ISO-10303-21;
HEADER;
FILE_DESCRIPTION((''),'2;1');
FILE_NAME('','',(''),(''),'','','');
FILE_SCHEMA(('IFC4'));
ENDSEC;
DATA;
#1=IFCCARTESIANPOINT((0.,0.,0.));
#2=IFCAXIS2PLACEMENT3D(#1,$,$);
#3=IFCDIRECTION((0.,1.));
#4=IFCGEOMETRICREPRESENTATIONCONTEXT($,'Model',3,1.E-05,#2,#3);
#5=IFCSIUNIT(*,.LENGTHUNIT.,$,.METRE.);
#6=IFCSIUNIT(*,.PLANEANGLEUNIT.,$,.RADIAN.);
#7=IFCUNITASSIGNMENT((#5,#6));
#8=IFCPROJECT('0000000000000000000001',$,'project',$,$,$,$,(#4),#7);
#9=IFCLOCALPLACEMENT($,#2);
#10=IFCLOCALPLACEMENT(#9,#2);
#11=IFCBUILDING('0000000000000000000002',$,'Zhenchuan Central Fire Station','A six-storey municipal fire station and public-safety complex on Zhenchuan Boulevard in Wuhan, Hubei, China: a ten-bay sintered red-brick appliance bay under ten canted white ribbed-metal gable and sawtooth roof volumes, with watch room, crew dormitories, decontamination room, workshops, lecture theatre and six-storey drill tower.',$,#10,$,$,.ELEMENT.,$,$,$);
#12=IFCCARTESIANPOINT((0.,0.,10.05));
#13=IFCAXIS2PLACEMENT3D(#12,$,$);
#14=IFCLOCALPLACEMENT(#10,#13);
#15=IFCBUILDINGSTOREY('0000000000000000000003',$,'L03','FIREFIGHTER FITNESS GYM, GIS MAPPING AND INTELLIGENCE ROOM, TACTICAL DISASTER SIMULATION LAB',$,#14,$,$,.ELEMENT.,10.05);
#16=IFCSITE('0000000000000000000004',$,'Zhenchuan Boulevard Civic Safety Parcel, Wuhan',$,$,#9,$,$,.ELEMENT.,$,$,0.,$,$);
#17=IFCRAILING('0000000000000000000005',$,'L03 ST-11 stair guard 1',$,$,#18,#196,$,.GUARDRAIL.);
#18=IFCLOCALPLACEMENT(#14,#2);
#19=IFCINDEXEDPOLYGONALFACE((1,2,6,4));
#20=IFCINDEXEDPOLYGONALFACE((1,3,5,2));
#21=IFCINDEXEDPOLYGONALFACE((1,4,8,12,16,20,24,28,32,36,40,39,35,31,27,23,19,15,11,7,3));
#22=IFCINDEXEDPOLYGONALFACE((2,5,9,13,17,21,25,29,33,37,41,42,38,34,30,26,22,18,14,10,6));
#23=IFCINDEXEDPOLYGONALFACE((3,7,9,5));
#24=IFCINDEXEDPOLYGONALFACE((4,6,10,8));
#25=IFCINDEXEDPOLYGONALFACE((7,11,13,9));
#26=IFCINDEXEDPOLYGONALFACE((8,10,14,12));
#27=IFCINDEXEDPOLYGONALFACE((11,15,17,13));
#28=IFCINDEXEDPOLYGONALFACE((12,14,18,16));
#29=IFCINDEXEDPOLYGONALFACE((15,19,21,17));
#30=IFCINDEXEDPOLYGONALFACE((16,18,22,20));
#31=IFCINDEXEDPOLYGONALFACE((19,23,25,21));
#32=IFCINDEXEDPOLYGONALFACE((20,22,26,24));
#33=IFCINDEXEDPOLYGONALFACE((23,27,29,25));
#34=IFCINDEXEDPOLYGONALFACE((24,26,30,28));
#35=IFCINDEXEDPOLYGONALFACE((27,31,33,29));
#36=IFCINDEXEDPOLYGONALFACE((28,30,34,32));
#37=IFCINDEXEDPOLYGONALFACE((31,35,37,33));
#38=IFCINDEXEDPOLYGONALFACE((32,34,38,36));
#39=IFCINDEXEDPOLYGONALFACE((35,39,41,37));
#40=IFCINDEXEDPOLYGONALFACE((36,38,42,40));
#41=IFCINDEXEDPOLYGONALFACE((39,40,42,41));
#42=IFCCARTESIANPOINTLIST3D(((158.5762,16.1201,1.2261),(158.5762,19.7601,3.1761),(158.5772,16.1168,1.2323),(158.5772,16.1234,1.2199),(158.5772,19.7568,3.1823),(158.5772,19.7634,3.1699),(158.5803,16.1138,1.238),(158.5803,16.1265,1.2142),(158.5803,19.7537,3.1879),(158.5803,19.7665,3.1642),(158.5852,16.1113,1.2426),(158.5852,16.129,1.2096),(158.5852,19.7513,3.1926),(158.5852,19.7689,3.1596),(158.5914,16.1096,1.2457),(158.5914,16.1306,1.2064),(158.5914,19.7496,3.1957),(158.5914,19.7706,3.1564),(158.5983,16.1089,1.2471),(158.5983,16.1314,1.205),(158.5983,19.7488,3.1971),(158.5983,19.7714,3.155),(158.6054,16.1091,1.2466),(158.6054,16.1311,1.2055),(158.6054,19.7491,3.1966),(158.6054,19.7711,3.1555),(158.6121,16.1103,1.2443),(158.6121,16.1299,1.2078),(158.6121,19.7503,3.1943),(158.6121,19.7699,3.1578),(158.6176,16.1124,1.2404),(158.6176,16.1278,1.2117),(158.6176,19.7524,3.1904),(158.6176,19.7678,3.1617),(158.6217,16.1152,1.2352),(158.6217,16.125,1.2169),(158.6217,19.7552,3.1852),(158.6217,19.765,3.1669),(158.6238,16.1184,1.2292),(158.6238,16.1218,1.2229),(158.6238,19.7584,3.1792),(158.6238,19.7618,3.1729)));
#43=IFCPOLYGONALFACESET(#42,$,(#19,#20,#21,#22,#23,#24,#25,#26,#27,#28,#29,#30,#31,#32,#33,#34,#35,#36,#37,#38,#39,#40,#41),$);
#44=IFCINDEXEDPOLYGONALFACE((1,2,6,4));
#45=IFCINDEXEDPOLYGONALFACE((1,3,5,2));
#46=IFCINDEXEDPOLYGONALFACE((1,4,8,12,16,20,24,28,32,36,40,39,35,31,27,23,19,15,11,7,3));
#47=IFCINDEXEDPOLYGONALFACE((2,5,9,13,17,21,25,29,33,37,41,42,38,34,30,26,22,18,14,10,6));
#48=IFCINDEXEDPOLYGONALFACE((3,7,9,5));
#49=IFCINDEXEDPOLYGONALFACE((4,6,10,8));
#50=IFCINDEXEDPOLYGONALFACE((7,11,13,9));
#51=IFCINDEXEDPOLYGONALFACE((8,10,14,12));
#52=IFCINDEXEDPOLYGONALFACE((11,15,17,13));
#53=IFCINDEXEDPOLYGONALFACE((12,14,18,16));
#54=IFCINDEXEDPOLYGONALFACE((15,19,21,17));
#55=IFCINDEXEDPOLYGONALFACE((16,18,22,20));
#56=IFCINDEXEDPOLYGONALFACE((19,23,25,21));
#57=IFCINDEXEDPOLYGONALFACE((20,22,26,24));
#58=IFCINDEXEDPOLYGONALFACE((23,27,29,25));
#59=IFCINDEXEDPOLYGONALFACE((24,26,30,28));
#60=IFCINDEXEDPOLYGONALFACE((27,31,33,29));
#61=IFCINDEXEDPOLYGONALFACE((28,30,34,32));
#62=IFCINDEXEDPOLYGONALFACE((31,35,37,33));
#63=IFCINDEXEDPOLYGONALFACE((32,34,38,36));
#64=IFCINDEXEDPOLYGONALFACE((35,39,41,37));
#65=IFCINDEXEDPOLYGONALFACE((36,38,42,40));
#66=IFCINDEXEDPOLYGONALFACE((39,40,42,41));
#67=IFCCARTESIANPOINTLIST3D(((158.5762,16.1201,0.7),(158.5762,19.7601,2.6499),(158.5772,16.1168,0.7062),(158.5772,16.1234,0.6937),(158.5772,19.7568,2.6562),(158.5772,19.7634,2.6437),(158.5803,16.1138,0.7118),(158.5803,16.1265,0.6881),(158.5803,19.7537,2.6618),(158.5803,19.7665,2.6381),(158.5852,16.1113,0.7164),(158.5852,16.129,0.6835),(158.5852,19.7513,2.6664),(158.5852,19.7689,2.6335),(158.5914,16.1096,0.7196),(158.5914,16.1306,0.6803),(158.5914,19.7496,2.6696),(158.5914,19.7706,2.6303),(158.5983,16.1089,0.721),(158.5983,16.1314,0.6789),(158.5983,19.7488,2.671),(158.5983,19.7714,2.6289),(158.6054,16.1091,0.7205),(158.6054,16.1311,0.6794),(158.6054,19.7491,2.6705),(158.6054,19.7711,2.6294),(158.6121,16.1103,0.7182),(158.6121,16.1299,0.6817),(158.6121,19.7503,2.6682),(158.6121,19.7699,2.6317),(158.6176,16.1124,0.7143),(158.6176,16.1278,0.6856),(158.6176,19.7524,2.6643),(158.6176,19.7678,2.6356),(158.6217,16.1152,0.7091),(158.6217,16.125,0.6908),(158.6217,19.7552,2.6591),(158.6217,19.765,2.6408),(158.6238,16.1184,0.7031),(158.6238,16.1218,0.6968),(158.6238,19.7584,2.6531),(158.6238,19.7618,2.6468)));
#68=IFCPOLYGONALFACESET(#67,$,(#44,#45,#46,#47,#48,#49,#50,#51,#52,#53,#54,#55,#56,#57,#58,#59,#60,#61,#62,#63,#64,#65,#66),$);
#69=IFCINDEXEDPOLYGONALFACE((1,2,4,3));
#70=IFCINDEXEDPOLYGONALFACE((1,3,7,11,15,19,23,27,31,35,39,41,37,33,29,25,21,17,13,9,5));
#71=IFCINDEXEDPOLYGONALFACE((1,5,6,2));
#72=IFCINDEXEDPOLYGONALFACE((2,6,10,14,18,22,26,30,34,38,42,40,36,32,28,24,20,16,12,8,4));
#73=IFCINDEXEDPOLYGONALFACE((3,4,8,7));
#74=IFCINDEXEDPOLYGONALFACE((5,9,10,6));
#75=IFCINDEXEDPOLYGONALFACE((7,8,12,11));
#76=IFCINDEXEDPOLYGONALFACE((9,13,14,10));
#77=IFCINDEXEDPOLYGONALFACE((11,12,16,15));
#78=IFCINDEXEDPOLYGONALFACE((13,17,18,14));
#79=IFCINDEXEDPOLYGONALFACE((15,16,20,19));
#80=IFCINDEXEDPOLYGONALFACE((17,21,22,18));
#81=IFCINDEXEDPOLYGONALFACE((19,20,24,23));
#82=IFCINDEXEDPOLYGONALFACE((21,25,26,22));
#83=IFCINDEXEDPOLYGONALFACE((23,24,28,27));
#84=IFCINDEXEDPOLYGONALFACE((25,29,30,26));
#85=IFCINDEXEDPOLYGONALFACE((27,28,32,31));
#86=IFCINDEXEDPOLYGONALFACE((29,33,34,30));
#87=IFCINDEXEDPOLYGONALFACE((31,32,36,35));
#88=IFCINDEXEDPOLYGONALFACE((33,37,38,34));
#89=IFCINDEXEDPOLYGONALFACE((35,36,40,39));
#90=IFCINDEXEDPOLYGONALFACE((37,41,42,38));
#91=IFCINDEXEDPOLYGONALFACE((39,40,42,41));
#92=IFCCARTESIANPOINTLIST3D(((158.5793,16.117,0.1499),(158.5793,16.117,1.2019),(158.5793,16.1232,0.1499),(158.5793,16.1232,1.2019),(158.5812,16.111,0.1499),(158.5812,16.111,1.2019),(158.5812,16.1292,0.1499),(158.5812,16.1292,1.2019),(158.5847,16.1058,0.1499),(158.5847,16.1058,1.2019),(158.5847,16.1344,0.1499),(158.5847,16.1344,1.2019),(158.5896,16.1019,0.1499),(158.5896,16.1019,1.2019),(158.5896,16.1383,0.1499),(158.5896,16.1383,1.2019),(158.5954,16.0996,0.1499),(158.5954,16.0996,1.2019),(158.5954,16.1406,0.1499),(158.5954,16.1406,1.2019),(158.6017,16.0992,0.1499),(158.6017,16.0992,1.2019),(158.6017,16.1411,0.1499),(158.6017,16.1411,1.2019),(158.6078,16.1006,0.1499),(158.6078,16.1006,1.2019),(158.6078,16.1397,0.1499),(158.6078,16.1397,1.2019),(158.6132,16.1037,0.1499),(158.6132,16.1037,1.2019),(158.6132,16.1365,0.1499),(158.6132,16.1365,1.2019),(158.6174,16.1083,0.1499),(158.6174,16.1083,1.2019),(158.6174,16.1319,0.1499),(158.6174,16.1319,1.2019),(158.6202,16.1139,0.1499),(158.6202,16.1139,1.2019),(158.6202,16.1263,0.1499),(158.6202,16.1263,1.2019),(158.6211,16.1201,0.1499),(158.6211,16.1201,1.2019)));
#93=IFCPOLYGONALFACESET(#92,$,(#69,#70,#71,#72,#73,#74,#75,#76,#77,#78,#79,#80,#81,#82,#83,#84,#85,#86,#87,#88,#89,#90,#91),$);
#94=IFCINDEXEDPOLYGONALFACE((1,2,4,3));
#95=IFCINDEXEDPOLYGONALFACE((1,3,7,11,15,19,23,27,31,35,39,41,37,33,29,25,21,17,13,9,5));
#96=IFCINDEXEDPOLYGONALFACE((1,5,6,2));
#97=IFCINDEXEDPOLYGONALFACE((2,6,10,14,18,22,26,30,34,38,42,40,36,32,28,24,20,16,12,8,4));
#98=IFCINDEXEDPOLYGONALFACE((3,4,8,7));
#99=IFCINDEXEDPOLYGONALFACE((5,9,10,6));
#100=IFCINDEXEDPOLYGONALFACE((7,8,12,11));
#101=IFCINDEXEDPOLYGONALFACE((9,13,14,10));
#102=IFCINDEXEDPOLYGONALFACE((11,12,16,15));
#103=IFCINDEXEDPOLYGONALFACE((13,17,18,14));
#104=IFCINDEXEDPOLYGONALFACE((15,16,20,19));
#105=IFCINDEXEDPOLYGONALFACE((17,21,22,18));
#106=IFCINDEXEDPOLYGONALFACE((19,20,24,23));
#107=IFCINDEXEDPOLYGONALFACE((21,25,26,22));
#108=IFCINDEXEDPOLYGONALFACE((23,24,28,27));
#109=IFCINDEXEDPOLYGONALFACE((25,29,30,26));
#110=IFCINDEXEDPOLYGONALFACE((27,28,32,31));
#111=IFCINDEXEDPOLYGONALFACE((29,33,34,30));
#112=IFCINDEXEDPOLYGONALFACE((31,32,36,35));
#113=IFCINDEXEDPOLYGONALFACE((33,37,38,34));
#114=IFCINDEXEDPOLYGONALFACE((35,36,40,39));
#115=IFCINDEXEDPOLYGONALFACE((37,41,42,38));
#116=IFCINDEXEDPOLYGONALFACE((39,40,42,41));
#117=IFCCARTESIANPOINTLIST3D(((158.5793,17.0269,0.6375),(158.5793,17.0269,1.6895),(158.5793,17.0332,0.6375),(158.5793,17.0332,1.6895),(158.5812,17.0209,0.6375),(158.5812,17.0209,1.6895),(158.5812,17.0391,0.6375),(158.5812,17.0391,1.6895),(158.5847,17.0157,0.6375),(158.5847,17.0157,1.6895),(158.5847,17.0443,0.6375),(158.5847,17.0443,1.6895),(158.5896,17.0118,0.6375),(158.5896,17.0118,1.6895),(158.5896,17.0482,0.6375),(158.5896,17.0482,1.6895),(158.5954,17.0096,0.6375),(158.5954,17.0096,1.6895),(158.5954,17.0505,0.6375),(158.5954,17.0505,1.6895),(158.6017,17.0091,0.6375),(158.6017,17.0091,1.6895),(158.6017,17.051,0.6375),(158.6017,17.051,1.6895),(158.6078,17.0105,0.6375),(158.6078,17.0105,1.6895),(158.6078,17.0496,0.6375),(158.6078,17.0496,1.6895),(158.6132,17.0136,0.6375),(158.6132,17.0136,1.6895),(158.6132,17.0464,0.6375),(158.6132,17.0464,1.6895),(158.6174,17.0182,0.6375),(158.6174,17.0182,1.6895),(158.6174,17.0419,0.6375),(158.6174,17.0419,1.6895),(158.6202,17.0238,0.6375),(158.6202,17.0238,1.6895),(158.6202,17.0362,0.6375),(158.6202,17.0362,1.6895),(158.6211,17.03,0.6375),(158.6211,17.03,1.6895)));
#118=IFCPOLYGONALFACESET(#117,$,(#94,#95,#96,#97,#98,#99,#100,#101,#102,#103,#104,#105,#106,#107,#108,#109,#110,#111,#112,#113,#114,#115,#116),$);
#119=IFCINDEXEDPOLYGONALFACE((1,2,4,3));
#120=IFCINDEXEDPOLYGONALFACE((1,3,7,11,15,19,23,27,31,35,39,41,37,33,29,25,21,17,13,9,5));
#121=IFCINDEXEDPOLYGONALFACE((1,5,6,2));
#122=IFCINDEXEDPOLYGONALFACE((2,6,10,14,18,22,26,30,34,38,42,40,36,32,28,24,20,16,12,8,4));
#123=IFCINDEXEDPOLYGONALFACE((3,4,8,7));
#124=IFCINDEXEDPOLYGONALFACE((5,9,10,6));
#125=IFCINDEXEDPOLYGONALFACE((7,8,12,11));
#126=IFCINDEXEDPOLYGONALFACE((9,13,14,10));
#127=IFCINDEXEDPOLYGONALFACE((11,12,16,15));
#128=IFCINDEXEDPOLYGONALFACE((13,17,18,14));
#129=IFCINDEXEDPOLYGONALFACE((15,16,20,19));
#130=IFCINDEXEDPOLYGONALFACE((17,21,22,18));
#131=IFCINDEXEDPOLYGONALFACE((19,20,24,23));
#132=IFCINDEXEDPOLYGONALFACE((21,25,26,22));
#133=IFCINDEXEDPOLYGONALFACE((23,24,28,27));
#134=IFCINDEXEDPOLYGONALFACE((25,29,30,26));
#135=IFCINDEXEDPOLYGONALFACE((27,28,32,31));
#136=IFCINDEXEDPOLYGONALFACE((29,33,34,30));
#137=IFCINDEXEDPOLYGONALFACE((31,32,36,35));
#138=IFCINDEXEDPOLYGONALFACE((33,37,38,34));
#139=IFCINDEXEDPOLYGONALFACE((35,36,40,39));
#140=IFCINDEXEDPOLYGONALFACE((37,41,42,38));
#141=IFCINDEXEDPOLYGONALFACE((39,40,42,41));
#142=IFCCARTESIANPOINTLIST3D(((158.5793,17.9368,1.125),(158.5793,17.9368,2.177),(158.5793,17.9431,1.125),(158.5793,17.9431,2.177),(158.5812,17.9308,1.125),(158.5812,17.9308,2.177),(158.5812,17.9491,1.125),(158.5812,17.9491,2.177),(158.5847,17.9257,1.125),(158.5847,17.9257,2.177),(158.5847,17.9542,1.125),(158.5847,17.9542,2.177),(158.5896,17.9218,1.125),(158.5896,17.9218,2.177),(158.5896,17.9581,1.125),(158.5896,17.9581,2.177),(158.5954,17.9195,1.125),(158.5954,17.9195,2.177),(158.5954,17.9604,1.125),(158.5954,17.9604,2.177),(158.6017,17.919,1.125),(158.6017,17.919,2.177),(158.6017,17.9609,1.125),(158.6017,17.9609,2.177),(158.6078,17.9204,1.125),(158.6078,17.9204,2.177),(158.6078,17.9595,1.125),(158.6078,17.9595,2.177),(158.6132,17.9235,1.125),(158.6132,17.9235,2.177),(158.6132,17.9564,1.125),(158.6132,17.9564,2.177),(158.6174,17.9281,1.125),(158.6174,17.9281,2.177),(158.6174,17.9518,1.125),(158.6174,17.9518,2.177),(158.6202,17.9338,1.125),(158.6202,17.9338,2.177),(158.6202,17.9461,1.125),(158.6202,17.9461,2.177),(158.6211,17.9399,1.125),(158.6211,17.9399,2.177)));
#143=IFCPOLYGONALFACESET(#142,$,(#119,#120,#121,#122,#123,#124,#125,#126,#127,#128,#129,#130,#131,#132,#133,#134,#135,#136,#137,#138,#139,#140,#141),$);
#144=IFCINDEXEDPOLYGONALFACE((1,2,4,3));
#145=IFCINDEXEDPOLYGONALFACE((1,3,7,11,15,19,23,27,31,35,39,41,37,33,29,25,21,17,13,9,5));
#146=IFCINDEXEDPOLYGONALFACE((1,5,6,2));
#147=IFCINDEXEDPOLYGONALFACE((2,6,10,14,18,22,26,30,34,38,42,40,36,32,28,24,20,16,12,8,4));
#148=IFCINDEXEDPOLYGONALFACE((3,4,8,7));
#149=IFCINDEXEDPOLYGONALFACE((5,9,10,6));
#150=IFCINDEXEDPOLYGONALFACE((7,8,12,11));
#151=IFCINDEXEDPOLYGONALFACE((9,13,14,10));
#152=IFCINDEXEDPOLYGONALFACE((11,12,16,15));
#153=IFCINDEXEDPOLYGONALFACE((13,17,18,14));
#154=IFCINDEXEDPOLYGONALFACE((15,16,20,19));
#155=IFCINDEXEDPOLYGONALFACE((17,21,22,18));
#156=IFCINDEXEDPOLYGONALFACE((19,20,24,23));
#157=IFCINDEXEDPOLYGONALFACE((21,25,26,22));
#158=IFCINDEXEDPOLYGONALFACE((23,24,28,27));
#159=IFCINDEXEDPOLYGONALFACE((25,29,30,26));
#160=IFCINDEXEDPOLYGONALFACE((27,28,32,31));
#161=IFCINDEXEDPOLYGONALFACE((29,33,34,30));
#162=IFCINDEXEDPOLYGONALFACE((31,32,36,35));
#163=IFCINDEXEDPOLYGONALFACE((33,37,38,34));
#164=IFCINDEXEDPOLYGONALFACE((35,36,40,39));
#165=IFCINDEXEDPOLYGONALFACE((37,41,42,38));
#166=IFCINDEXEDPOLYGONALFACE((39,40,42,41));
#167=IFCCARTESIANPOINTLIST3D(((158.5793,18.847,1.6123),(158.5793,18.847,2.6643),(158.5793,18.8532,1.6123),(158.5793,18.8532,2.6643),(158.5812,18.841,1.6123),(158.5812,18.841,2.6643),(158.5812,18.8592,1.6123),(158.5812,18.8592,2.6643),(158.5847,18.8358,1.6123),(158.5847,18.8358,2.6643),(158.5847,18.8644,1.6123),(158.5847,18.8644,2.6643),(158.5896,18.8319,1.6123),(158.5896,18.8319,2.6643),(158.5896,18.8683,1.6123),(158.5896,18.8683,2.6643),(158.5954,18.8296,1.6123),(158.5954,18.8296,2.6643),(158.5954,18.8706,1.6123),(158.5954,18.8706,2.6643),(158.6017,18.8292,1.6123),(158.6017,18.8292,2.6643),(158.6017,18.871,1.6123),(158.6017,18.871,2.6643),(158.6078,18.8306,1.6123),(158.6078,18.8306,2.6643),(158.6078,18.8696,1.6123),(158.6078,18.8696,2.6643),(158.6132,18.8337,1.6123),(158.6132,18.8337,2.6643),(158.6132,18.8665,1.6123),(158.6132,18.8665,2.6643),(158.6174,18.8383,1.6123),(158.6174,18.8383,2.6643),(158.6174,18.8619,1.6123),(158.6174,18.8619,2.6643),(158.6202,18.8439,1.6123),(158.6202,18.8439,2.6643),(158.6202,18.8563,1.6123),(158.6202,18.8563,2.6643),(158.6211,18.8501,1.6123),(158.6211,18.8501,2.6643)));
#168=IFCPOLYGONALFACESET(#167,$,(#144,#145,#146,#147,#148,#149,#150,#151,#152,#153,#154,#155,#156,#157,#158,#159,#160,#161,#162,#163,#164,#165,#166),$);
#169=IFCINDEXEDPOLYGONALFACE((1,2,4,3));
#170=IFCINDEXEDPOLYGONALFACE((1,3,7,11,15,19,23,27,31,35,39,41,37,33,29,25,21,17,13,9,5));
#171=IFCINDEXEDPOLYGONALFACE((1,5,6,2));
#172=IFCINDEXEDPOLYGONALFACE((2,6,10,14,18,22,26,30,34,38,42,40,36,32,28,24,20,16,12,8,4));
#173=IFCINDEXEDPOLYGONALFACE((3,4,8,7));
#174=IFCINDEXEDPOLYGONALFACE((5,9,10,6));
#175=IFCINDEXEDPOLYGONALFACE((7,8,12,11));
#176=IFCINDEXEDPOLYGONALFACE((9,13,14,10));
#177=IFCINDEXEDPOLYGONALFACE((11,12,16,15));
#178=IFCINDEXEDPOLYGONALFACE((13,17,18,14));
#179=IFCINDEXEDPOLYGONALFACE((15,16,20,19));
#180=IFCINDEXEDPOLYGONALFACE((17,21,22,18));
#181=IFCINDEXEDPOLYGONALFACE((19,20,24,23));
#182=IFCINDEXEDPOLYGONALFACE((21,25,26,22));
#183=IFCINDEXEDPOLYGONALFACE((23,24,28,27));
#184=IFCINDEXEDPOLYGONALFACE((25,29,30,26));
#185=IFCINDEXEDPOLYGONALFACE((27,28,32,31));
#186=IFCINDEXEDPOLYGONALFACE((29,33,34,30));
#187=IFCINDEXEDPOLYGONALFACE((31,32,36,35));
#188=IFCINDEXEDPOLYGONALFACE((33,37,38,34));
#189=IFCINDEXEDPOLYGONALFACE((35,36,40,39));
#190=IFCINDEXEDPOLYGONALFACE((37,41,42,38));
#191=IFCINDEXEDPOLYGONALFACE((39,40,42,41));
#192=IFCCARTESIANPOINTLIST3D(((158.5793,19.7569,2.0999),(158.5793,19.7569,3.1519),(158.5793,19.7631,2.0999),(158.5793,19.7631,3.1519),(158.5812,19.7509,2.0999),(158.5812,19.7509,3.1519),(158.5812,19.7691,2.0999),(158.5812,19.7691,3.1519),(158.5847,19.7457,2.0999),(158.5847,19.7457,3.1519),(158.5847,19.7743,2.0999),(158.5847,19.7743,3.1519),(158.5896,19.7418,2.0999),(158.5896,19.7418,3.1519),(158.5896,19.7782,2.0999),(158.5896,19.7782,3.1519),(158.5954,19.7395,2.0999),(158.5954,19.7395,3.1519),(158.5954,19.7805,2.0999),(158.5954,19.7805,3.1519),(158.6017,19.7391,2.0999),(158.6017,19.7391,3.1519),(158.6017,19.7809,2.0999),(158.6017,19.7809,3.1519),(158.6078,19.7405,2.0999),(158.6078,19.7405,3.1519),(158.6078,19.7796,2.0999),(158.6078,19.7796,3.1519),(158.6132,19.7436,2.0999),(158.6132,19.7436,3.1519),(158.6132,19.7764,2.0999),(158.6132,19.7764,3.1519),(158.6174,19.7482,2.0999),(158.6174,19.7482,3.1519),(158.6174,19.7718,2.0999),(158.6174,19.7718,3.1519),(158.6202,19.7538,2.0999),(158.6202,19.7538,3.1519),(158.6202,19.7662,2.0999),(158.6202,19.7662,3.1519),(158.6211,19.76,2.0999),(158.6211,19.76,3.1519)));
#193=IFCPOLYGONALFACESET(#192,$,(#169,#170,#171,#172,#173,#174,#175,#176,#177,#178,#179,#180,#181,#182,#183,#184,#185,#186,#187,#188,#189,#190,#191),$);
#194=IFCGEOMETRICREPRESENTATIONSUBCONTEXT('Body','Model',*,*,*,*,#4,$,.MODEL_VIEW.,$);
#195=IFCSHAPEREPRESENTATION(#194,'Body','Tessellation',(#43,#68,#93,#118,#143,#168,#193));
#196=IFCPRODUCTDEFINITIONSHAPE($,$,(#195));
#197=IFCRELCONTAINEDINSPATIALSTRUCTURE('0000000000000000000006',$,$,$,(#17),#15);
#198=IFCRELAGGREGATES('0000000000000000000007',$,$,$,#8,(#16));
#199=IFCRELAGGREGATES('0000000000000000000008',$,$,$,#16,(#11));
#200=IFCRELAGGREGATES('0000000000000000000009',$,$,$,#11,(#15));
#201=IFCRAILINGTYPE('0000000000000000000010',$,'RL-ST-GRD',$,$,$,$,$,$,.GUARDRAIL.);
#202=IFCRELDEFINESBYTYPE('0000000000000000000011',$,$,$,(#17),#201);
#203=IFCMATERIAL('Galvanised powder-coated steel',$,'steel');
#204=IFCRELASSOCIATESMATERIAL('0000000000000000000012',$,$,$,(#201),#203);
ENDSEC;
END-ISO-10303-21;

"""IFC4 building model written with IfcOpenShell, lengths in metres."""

from ifc_helpers import new_model, si_unit, direction, frame, origin, origin_2d, place, context, subcontext, project, spatial, circle, extrude, material, type_object, element, save


model = new_model("IFC4")

# Units and contexts
model_context = context("Model", 3, precision=1e-05, world=origin(), true_north=direction((0.0, 1.0)))
body_context = subcontext(model_context, "Body", "Model", "MODEL_VIEW")
ifc_project = project(units=[si_unit("LENGTHUNIT", "METRE"), si_unit("PLANEANGLEUNIT", "RADIAN")], contexts=[model_context])

# Site, building, storey
site_placement = place(None, origin())
site = spatial("IfcSite", under=ifc_project, at=site_placement, Name="Zhenchuan Boulevard Civic Safety Parcel, Wuhan", CompositionType="ELEMENT", RefElevation=0.0)
building_placement = place(site_placement, origin())
building = spatial("IfcBuilding", under=site, at=building_placement, Name="Zhenchuan Central Fire Station", Description="A six-storey municipal fire station and public-safety complex on Zhenchuan Boulevard in Wuhan, Hubei, China: a ten-bay sintered red-brick appliance bay under ten canted white ribbed-metal gable and sawtooth roof volumes, with watch room, crew dormitories, decontamination room, workshops, lecture theatre and six-storey drill tower.", CompositionType="ELEMENT")
storey_placement = place(building_placement, frame((0.0, 0.0, 10.05)))
storey = spatial("IfcBuildingStorey", under=building, at=storey_placement, Name="L03", Description="FIREFIGHTER FITNESS GYM, GIS MAPPING AND INTELLIGENCE ROOM, TACTICAL DISASTER SIMULATION LAB", CompositionType="ELEMENT", Elevation=10.05)

# Railing
ifc_material_1 = material(Name="Galvanised powder-coated steel", Category="steel")
railing_type_1 = type_object("IfcRailingType", Name="RL-ST-GRD", PredefinedType="GUARDRAIL", material=ifc_material_1)
railing_1_placement = place(storey_placement, frame((158.6001, 16.1201, 0.1499)))
element("IfcRailing", 1, at=railing_1_placement, inside=storey, type_object=railing_type_1, Name="L03 ST-11 stair guard 1", PredefinedType="GUARDRAIL", context=body_context, shape_type="SweptSolid", body=[
    extrude(circle(Radius=0.0239, at=origin_2d()), frame((0.0, 0.0, 1.0762), z_axis=(0.0, 0.881479, 0.472223), x_axis=(-1.0, 0.0, 0.0)), (0.0, 0.0, 1.0), 4.1294),
    extrude(circle(Radius=0.0239, at=origin_2d()), frame((0.0, 0.0, 0.55), z_axis=(0.0, 0.881479, 0.472223), x_axis=(-1.0, 0.0, 0.0)), (0.0, 0.0, 1.0), 4.1294),
    extrude(circle(Radius=0.021, at=origin_2d()), origin(), (0.0, 0.0, 1.0), 1.052),
    extrude(circle(Radius=0.021, at=origin_2d()), frame((0.0, 0.9099, 0.4875)), (0.0, 0.0, 1.0), 1.052),
    extrude(circle(Radius=0.021, at=origin_2d()), frame((0.0, 1.8198, 0.9751)), (0.0, 0.0, 1.0), 1.052),
    extrude(circle(Radius=0.021, at=origin_2d()), frame((0.0, 2.73, 1.4624)), (0.0, 0.0, 1.0), 1.052),
    extrude(circle(Radius=0.021, at=origin_2d()), frame((0.0, 3.6399, 1.95)), (0.0, 0.0, 1.0), 1.052),
])

save(model, "model.ifc")
